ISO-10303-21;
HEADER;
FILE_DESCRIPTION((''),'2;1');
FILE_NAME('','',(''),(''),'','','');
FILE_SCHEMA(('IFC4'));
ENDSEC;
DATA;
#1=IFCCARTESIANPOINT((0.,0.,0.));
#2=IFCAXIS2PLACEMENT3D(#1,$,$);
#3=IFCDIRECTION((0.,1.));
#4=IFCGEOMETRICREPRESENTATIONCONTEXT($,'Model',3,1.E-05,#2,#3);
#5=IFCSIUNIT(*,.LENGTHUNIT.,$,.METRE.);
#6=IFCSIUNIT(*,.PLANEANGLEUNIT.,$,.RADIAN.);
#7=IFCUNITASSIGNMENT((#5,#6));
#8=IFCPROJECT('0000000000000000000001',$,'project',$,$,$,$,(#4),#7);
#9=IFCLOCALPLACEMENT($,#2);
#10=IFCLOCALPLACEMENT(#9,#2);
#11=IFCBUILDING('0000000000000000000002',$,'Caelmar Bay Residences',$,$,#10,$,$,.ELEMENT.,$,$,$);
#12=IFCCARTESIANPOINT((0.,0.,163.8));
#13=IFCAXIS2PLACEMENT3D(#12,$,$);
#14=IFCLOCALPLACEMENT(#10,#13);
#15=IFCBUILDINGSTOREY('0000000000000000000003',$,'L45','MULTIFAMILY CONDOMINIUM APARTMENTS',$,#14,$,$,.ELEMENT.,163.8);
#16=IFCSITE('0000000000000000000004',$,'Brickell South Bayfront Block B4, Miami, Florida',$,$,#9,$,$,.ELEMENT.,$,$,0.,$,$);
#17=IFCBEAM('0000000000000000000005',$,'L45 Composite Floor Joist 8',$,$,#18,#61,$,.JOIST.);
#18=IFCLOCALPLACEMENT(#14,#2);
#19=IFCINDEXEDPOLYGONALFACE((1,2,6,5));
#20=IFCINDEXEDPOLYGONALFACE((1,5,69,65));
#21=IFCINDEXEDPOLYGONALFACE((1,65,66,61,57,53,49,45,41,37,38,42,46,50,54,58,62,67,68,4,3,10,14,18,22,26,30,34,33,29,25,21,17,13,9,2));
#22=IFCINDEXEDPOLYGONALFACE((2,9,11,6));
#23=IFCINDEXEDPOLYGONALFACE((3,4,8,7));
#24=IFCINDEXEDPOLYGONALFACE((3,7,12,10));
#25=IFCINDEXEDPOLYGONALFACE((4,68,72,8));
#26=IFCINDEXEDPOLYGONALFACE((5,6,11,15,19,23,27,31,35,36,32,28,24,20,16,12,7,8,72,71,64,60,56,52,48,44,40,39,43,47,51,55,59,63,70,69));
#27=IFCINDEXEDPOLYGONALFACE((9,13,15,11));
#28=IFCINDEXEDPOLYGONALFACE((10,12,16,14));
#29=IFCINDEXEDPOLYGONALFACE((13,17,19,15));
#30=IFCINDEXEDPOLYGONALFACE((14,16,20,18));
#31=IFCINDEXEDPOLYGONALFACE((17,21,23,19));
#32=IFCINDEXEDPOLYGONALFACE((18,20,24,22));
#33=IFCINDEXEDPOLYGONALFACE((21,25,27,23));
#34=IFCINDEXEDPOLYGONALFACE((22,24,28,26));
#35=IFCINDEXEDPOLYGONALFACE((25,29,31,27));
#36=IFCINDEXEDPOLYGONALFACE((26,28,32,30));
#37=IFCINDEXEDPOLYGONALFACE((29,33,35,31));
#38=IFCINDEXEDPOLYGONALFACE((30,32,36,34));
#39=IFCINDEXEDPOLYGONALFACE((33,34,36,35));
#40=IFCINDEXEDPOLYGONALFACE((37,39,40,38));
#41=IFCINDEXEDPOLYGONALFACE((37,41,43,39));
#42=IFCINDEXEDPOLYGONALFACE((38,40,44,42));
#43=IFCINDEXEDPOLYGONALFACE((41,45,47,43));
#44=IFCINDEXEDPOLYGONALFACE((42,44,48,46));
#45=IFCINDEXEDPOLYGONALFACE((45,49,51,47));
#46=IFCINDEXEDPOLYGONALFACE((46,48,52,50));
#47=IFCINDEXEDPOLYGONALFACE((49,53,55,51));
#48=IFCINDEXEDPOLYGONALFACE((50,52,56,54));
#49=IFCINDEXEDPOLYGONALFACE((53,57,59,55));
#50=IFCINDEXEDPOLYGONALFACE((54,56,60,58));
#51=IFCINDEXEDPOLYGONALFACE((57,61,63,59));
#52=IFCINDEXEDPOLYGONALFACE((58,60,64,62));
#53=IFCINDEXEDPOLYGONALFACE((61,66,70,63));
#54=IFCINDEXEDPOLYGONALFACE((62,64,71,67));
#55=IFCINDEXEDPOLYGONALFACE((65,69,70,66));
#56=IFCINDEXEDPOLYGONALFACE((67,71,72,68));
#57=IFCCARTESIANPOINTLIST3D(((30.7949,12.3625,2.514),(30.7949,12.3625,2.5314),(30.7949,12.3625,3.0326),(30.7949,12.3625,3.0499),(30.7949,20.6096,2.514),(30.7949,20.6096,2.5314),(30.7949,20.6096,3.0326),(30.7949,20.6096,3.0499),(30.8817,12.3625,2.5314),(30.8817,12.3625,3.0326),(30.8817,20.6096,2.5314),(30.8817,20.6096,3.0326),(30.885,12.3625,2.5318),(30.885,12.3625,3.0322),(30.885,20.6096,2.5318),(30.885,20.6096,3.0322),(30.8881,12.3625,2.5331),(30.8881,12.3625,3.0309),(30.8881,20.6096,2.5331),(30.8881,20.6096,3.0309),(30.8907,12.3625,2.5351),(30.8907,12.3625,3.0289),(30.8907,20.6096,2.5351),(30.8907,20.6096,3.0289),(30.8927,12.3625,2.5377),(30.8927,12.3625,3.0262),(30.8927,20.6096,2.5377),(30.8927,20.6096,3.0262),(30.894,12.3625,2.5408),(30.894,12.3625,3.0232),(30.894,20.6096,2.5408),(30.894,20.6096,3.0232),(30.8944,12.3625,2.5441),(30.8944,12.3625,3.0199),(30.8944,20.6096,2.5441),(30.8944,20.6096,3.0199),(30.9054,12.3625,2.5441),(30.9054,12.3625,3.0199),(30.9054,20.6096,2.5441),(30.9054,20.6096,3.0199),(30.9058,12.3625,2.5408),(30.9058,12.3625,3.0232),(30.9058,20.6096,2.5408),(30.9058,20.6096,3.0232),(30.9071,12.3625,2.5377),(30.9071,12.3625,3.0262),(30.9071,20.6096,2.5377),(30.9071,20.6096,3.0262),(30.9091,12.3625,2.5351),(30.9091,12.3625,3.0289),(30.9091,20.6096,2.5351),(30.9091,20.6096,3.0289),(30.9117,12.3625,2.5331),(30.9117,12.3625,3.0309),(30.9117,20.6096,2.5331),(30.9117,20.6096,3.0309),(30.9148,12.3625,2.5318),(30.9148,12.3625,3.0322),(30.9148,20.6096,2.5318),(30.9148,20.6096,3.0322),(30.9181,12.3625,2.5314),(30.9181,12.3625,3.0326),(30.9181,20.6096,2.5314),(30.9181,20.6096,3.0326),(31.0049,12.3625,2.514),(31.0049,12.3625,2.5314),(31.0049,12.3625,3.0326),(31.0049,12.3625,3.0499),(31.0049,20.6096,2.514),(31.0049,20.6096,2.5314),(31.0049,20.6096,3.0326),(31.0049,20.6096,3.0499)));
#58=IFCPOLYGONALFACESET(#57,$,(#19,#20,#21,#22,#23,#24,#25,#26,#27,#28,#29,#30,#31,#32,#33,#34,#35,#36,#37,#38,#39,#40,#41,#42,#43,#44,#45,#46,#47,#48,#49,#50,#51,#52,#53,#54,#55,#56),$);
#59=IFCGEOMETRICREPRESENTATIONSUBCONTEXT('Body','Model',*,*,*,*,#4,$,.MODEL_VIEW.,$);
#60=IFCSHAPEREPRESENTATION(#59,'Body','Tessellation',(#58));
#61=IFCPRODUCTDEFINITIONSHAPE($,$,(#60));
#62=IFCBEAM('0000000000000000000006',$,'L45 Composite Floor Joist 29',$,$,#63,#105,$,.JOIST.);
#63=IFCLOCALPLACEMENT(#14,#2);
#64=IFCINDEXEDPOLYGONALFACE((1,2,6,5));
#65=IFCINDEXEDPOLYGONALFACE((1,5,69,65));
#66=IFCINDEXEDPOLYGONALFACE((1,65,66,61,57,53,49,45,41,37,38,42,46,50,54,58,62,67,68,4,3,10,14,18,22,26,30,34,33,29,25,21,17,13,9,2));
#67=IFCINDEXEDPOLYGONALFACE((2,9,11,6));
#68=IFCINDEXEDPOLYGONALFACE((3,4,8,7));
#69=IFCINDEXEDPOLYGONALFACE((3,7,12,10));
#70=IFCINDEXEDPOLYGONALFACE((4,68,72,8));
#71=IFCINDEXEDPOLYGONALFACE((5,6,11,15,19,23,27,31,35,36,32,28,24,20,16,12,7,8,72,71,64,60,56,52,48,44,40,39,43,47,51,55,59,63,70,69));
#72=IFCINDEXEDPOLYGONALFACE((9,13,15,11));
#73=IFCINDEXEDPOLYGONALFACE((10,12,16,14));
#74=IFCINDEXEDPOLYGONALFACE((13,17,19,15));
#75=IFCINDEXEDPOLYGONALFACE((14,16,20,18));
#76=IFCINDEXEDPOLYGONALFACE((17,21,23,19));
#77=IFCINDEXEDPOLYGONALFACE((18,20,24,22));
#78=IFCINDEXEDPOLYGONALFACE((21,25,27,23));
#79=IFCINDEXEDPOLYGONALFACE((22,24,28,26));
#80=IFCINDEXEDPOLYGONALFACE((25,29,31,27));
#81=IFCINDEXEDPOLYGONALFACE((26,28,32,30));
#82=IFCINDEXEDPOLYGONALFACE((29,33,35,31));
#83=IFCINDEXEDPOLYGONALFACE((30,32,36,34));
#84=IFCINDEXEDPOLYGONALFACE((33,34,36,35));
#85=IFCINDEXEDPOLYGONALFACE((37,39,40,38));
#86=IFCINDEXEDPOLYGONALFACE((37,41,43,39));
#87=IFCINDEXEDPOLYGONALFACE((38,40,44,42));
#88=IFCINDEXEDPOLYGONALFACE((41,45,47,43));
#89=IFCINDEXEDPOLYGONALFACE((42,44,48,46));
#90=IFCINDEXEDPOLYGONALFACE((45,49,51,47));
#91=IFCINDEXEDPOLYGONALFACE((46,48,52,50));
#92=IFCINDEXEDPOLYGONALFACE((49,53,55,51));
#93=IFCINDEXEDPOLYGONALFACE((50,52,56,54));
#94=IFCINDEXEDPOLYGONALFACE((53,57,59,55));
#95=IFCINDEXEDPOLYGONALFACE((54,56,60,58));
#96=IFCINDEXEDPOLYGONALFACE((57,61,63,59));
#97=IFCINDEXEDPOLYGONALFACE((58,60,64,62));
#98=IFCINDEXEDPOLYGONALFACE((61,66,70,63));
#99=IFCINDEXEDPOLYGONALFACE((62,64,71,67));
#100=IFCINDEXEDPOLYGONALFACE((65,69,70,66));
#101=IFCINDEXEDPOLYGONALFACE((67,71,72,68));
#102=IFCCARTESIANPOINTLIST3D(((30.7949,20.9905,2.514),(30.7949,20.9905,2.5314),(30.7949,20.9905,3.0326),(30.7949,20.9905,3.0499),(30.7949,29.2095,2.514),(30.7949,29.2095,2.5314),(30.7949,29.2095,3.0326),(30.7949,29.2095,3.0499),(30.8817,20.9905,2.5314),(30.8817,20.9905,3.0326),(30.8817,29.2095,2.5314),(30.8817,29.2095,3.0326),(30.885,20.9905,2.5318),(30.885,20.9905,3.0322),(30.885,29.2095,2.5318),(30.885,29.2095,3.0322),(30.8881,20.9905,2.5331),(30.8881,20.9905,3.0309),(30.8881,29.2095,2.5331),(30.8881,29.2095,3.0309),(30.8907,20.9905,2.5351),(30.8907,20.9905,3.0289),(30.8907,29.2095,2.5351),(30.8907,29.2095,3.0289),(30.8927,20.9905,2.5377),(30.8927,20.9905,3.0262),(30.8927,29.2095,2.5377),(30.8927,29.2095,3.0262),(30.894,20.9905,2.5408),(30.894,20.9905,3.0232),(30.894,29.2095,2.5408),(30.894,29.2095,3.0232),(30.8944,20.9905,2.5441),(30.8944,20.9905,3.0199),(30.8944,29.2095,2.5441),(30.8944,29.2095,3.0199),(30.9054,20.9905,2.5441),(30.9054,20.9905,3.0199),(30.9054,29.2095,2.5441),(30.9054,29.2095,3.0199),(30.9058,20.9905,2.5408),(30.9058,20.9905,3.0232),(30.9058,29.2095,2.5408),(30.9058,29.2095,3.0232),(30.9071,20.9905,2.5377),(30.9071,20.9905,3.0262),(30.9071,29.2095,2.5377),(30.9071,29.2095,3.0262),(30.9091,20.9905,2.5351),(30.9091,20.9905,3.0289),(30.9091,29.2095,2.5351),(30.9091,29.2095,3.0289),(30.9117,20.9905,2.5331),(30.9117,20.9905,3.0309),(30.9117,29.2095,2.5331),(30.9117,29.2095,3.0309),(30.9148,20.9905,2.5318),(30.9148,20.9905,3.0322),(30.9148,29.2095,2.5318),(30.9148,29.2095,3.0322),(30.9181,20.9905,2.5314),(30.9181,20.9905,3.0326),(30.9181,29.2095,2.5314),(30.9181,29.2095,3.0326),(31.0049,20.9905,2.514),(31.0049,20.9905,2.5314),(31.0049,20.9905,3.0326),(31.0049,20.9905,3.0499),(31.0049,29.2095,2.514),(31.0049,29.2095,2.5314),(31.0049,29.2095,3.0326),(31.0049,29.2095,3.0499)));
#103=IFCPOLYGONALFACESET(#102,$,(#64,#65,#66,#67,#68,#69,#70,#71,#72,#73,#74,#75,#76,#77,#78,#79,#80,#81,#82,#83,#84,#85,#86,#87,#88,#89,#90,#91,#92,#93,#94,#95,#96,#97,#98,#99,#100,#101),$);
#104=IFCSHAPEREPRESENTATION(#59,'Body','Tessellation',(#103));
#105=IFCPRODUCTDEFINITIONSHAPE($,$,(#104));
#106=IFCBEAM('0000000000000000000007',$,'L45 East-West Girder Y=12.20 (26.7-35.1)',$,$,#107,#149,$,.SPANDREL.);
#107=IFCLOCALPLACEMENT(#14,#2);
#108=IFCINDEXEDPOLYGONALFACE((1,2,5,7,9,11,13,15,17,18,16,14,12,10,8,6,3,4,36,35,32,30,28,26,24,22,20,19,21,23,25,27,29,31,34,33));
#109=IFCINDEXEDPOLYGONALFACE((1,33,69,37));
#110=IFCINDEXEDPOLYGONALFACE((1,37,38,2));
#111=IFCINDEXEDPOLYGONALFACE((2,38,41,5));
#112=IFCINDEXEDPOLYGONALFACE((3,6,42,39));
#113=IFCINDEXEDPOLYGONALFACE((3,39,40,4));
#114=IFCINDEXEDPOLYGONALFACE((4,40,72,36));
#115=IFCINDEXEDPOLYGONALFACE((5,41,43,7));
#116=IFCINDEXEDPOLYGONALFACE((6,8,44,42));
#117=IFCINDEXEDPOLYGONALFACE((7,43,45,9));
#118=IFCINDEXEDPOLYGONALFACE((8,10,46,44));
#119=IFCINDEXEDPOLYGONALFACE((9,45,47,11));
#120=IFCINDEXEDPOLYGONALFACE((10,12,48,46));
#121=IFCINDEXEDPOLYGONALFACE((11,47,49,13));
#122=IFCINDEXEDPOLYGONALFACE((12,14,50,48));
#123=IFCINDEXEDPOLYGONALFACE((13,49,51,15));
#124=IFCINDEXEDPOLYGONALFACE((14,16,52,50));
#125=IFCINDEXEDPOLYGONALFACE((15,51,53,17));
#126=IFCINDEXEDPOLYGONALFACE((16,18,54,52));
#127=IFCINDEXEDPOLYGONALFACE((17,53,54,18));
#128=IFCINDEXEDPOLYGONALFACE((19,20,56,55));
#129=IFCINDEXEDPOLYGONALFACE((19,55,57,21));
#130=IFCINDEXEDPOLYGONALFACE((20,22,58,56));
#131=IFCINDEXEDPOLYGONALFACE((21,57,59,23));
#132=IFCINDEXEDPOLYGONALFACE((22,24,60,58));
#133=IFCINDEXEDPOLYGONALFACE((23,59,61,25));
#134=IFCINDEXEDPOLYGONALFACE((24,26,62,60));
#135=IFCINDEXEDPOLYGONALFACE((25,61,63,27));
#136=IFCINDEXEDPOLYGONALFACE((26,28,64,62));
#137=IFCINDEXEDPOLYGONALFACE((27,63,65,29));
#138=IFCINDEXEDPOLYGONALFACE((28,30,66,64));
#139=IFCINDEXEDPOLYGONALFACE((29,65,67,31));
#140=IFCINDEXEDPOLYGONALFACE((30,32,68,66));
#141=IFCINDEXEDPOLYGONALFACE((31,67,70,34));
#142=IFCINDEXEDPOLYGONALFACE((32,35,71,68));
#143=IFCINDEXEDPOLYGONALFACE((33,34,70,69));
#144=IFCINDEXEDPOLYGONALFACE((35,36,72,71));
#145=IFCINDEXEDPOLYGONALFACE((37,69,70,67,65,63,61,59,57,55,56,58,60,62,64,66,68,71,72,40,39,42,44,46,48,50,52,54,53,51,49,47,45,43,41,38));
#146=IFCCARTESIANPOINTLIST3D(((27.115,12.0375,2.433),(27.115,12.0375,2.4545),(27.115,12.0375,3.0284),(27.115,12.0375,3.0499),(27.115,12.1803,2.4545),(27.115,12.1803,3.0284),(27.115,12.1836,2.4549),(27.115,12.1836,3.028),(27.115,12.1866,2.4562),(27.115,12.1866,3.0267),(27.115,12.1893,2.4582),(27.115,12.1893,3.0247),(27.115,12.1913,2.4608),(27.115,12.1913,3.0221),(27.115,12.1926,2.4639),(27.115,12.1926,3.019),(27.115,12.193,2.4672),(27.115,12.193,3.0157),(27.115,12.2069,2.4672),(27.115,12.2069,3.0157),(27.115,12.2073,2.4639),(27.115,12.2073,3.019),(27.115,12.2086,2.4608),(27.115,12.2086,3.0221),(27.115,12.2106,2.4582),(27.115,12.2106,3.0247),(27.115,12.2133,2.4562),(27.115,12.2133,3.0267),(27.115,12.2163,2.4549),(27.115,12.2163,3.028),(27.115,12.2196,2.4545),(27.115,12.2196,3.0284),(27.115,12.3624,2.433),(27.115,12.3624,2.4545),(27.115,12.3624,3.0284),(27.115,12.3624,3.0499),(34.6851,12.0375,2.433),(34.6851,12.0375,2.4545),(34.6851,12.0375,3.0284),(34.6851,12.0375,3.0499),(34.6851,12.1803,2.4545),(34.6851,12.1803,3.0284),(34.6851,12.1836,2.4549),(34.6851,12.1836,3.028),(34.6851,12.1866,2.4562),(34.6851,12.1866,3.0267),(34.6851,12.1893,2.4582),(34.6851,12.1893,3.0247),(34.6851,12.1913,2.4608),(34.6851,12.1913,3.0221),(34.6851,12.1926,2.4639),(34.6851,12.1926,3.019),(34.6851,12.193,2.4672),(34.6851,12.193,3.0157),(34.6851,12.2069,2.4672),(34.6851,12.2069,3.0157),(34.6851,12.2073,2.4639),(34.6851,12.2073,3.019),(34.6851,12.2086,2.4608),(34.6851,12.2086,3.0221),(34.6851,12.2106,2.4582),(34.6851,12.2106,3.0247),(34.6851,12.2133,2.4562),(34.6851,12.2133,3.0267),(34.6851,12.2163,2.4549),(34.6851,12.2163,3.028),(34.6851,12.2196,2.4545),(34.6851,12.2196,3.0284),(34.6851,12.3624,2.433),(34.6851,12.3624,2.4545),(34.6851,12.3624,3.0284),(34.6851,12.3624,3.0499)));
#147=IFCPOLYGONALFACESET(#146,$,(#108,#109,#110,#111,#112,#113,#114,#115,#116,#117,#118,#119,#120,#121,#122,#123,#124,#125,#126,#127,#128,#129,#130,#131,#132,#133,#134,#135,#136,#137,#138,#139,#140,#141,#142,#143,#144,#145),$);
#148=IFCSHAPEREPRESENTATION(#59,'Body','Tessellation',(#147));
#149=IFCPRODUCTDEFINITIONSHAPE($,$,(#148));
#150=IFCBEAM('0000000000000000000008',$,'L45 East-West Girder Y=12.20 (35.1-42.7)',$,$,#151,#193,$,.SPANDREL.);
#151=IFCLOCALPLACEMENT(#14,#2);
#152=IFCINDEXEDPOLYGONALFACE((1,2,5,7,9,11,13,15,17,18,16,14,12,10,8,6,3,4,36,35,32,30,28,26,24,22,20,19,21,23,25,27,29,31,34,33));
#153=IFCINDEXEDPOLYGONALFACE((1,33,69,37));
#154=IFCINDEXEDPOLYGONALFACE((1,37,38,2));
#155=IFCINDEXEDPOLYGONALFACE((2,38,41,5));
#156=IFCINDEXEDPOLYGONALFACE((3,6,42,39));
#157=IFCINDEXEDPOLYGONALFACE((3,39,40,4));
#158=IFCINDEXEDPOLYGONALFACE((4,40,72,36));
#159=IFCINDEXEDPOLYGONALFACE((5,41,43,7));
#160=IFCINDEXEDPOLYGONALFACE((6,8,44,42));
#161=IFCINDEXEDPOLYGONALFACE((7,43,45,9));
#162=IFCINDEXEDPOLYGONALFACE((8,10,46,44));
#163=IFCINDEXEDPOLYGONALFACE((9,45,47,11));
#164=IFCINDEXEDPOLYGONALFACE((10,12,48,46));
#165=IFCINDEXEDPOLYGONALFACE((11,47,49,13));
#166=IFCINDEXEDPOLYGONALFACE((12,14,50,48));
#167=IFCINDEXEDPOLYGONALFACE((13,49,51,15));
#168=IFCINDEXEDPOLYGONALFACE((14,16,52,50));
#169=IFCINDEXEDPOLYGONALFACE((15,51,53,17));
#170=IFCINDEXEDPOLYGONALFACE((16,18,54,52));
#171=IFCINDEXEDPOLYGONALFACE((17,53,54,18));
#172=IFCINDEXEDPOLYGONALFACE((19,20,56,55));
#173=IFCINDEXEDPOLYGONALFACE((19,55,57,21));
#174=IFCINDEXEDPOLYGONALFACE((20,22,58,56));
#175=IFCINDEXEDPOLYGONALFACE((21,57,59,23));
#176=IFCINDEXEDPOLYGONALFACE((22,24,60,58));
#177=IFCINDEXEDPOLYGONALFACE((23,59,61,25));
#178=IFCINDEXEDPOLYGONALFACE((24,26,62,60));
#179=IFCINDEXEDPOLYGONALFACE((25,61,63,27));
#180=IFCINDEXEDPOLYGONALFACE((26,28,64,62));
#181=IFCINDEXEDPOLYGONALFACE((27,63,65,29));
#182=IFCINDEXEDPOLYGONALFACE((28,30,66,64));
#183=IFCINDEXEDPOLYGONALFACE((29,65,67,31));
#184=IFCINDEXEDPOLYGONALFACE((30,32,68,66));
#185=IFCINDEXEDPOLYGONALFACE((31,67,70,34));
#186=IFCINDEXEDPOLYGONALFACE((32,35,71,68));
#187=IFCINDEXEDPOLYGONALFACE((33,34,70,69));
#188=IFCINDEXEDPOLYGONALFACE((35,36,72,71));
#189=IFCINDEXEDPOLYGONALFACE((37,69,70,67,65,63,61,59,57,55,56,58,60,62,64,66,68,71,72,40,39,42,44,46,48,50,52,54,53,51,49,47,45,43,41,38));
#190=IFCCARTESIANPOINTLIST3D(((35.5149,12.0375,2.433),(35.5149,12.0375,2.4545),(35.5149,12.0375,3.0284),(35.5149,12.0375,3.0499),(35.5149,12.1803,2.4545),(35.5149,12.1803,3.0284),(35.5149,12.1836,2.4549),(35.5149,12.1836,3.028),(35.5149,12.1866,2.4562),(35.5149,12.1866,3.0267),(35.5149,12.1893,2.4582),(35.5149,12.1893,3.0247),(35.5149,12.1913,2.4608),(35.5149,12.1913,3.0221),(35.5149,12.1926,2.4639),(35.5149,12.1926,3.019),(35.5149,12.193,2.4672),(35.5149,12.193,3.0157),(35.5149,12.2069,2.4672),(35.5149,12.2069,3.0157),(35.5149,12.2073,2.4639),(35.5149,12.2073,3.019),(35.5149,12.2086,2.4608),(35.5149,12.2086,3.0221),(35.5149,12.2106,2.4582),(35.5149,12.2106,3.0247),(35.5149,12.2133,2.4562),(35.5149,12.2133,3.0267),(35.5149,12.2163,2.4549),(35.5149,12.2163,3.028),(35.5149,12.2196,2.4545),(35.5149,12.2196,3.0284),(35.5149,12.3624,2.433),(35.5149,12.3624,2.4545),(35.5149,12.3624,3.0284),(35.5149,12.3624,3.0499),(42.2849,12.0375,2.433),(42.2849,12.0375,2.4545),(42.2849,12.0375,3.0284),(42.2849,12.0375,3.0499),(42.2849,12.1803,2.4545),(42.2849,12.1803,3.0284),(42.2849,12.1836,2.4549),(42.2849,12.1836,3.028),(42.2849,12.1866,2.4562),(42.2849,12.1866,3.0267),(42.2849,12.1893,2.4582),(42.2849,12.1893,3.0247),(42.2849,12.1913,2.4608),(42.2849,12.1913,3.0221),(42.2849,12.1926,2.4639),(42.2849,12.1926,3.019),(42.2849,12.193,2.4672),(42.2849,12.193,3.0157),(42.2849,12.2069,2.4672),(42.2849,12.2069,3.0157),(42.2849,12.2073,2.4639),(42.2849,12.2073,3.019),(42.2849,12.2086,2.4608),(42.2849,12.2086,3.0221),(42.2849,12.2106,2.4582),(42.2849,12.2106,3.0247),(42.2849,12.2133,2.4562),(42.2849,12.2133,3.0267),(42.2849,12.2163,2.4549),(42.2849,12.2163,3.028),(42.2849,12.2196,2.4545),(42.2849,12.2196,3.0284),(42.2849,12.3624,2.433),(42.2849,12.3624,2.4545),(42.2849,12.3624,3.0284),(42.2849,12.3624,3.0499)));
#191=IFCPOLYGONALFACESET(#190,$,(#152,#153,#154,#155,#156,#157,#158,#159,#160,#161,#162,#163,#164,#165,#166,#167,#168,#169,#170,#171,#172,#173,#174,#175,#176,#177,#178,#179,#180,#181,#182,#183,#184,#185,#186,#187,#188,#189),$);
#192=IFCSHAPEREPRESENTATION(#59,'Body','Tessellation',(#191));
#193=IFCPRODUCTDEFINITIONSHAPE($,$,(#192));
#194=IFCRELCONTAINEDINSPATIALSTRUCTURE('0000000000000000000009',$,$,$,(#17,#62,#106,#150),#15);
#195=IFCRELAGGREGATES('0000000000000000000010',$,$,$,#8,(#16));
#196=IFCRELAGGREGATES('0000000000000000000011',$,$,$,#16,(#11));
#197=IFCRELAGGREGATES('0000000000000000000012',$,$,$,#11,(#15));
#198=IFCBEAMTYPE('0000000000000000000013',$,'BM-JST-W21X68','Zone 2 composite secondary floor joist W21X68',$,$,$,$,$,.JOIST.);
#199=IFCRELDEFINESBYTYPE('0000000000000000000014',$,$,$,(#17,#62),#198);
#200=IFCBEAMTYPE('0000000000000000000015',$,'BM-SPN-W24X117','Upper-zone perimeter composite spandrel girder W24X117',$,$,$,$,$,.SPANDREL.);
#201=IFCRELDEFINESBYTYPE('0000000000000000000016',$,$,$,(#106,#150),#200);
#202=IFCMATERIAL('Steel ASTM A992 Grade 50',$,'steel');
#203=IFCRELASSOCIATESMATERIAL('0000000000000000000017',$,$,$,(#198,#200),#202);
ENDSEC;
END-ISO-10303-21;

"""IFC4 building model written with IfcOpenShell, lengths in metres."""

from ifc_helpers import new_model, si_unit, direction, frame, origin, origin_2d, place, context, subcontext, project, spatial, i_section, extrude, material, material_profile, profile_set, type_object, element, save


model = new_model("IFC4")

# Units and contexts
model_context = context("Model", 3, precision=1e-05, world=origin(), true_north=direction((0.0, 1.0)))
body_context = subcontext(model_context, "Body", "Model", "MODEL_VIEW")
ifc_project = project(units=[si_unit("LENGTHUNIT", "METRE"), si_unit("PLANEANGLEUNIT", "RADIAN")], contexts=[model_context])

# Site, building, storey
site_placement = place(None, origin())
site = spatial("IfcSite", under=ifc_project, at=site_placement, Name="Brickell South Bayfront Block B4, Miami, Florida", CompositionType="ELEMENT", RefElevation=0.0)
building_placement = place(site_placement, origin())
building = spatial("IfcBuilding", under=site, at=building_placement, Name="Caelmar Bay Residences", CompositionType="ELEMENT")
storey_placement = place(building_placement, frame((0.0, 0.0, 163.8)))
storey = spatial("IfcBuildingStorey", under=building, at=storey_placement, Name="L45", Description="MULTIFAMILY CONDOMINIUM APARTMENTS", CompositionType="ELEMENT", Elevation=163.8)

# Beams
ifc_material_1 = material(Name="Steel ASTM A992 Grade 50", Category="steel")
ifc_material_profile_1 = material_profile(ifc_material_1, i_section(OverallWidth=0.21, OverallDepth=0.5359, WebThickness=0.011, FlangeThickness=0.0173, FilletRadius=0.0127, at=origin_2d()), Name="W21X68")
ifc_profile_set_1 = profile_set([ifc_material_profile_1], Name="Steel ASTM A992 Grade 50")
beam_type_1 = type_object("IfcBeamType", Name="BM-JST-W21X68", Description="Zone 2 composite secondary floor joist W21X68", PredefinedType="JOIST", material=ifc_profile_set_1)
beam_1_placement = place(storey_placement, frame((30.8999, 12.3625, 2.782), z_axis=(0.0, 1.0, 0.0), x_axis=(-1.0, 0.0, 0.0)))
element("IfcBeam", 1, at=beam_1_placement, inside=storey, type_object=beam_type_1, Name="L45 Composite Floor Joist 8", PredefinedType="JOIST", context=body_context, shape_type="SweptSolid", body=[
    extrude(i_section(OverallWidth=0.21, OverallDepth=0.5359, WebThickness=0.011, FlangeThickness=0.0173, FilletRadius=0.0127, at=origin_2d()), origin(), (0.0, 0.0, 1.0), 8.2471),
])
beam_2_placement = place(storey_placement, frame((30.8999, 20.9905, 2.782), z_axis=(0.0, 1.0, 0.0), x_axis=(-1.0, 0.0, 0.0)))
element("IfcBeam", 2, at=beam_2_placement, inside=storey, type_object=beam_type_1, Name="L45 Composite Floor Joist 29", PredefinedType="JOIST", context=body_context, shape_type="SweptSolid", body=[
    extrude(i_section(OverallWidth=0.21, OverallDepth=0.5359, WebThickness=0.011, FlangeThickness=0.0173, FilletRadius=0.0127, at=origin_2d()), origin(), (0.0, 0.0, 1.0), 8.219),
])
ifc_material_profile_2 = material_profile(ifc_material_1, i_section(OverallWidth=0.325, OverallDepth=0.6169, WebThickness=0.0139, FlangeThickness=0.0215, FilletRadius=0.0127, at=origin_2d()), Name="W24X117")
ifc_profile_set_2 = profile_set([ifc_material_profile_2], Name="Steel ASTM A992 Grade 50")
beam_type_2 = type_object("IfcBeamType", Name="BM-SPN-W24X117", Description="Upper-zone perimeter composite spandrel girder W24X117", PredefinedType="SPANDREL", material=ifc_profile_set_2)
beam_3_placement = place(storey_placement, frame((27.115, 12.2, 2.7415), z_axis=(1.0, 0.0, 0.0), x_axis=(0.0, 1.0, 0.0)))
element("IfcBeam", 3, at=beam_3_placement, inside=storey, type_object=beam_type_2, Name="L45 East-West Girder Y=12.20 (26.7-35.1)", PredefinedType="SPANDREL", context=body_context, shape_type="SweptSolid", body=[
    extrude(i_section(OverallWidth=0.325, OverallDepth=0.6169, WebThickness=0.0139, FlangeThickness=0.0215, FilletRadius=0.0127, at=origin_2d()), origin(), (0.0, 0.0, 1.0), 7.5701),
])
beam_4_placement = place(storey_placement, frame((35.5149, 12.2, 2.7415), z_axis=(1.0, 0.0, 0.0), x_axis=(0.0, 1.0, 0.0)))
element("IfcBeam", 4, at=beam_4_placement, inside=storey, type_object=beam_type_2, Name="L45 East-West Girder Y=12.20 (35.1-42.7)", PredefinedType="SPANDREL", context=body_context, shape_type="SweptSolid", body=[
    extrude(i_section(OverallWidth=0.325, OverallDepth=0.6169, WebThickness=0.0139, FlangeThickness=0.0215, FilletRadius=0.0127, at=origin_2d()), origin(), (0.0, 0.0, 1.0), 6.77),
])

save(model, "model.ifc")
